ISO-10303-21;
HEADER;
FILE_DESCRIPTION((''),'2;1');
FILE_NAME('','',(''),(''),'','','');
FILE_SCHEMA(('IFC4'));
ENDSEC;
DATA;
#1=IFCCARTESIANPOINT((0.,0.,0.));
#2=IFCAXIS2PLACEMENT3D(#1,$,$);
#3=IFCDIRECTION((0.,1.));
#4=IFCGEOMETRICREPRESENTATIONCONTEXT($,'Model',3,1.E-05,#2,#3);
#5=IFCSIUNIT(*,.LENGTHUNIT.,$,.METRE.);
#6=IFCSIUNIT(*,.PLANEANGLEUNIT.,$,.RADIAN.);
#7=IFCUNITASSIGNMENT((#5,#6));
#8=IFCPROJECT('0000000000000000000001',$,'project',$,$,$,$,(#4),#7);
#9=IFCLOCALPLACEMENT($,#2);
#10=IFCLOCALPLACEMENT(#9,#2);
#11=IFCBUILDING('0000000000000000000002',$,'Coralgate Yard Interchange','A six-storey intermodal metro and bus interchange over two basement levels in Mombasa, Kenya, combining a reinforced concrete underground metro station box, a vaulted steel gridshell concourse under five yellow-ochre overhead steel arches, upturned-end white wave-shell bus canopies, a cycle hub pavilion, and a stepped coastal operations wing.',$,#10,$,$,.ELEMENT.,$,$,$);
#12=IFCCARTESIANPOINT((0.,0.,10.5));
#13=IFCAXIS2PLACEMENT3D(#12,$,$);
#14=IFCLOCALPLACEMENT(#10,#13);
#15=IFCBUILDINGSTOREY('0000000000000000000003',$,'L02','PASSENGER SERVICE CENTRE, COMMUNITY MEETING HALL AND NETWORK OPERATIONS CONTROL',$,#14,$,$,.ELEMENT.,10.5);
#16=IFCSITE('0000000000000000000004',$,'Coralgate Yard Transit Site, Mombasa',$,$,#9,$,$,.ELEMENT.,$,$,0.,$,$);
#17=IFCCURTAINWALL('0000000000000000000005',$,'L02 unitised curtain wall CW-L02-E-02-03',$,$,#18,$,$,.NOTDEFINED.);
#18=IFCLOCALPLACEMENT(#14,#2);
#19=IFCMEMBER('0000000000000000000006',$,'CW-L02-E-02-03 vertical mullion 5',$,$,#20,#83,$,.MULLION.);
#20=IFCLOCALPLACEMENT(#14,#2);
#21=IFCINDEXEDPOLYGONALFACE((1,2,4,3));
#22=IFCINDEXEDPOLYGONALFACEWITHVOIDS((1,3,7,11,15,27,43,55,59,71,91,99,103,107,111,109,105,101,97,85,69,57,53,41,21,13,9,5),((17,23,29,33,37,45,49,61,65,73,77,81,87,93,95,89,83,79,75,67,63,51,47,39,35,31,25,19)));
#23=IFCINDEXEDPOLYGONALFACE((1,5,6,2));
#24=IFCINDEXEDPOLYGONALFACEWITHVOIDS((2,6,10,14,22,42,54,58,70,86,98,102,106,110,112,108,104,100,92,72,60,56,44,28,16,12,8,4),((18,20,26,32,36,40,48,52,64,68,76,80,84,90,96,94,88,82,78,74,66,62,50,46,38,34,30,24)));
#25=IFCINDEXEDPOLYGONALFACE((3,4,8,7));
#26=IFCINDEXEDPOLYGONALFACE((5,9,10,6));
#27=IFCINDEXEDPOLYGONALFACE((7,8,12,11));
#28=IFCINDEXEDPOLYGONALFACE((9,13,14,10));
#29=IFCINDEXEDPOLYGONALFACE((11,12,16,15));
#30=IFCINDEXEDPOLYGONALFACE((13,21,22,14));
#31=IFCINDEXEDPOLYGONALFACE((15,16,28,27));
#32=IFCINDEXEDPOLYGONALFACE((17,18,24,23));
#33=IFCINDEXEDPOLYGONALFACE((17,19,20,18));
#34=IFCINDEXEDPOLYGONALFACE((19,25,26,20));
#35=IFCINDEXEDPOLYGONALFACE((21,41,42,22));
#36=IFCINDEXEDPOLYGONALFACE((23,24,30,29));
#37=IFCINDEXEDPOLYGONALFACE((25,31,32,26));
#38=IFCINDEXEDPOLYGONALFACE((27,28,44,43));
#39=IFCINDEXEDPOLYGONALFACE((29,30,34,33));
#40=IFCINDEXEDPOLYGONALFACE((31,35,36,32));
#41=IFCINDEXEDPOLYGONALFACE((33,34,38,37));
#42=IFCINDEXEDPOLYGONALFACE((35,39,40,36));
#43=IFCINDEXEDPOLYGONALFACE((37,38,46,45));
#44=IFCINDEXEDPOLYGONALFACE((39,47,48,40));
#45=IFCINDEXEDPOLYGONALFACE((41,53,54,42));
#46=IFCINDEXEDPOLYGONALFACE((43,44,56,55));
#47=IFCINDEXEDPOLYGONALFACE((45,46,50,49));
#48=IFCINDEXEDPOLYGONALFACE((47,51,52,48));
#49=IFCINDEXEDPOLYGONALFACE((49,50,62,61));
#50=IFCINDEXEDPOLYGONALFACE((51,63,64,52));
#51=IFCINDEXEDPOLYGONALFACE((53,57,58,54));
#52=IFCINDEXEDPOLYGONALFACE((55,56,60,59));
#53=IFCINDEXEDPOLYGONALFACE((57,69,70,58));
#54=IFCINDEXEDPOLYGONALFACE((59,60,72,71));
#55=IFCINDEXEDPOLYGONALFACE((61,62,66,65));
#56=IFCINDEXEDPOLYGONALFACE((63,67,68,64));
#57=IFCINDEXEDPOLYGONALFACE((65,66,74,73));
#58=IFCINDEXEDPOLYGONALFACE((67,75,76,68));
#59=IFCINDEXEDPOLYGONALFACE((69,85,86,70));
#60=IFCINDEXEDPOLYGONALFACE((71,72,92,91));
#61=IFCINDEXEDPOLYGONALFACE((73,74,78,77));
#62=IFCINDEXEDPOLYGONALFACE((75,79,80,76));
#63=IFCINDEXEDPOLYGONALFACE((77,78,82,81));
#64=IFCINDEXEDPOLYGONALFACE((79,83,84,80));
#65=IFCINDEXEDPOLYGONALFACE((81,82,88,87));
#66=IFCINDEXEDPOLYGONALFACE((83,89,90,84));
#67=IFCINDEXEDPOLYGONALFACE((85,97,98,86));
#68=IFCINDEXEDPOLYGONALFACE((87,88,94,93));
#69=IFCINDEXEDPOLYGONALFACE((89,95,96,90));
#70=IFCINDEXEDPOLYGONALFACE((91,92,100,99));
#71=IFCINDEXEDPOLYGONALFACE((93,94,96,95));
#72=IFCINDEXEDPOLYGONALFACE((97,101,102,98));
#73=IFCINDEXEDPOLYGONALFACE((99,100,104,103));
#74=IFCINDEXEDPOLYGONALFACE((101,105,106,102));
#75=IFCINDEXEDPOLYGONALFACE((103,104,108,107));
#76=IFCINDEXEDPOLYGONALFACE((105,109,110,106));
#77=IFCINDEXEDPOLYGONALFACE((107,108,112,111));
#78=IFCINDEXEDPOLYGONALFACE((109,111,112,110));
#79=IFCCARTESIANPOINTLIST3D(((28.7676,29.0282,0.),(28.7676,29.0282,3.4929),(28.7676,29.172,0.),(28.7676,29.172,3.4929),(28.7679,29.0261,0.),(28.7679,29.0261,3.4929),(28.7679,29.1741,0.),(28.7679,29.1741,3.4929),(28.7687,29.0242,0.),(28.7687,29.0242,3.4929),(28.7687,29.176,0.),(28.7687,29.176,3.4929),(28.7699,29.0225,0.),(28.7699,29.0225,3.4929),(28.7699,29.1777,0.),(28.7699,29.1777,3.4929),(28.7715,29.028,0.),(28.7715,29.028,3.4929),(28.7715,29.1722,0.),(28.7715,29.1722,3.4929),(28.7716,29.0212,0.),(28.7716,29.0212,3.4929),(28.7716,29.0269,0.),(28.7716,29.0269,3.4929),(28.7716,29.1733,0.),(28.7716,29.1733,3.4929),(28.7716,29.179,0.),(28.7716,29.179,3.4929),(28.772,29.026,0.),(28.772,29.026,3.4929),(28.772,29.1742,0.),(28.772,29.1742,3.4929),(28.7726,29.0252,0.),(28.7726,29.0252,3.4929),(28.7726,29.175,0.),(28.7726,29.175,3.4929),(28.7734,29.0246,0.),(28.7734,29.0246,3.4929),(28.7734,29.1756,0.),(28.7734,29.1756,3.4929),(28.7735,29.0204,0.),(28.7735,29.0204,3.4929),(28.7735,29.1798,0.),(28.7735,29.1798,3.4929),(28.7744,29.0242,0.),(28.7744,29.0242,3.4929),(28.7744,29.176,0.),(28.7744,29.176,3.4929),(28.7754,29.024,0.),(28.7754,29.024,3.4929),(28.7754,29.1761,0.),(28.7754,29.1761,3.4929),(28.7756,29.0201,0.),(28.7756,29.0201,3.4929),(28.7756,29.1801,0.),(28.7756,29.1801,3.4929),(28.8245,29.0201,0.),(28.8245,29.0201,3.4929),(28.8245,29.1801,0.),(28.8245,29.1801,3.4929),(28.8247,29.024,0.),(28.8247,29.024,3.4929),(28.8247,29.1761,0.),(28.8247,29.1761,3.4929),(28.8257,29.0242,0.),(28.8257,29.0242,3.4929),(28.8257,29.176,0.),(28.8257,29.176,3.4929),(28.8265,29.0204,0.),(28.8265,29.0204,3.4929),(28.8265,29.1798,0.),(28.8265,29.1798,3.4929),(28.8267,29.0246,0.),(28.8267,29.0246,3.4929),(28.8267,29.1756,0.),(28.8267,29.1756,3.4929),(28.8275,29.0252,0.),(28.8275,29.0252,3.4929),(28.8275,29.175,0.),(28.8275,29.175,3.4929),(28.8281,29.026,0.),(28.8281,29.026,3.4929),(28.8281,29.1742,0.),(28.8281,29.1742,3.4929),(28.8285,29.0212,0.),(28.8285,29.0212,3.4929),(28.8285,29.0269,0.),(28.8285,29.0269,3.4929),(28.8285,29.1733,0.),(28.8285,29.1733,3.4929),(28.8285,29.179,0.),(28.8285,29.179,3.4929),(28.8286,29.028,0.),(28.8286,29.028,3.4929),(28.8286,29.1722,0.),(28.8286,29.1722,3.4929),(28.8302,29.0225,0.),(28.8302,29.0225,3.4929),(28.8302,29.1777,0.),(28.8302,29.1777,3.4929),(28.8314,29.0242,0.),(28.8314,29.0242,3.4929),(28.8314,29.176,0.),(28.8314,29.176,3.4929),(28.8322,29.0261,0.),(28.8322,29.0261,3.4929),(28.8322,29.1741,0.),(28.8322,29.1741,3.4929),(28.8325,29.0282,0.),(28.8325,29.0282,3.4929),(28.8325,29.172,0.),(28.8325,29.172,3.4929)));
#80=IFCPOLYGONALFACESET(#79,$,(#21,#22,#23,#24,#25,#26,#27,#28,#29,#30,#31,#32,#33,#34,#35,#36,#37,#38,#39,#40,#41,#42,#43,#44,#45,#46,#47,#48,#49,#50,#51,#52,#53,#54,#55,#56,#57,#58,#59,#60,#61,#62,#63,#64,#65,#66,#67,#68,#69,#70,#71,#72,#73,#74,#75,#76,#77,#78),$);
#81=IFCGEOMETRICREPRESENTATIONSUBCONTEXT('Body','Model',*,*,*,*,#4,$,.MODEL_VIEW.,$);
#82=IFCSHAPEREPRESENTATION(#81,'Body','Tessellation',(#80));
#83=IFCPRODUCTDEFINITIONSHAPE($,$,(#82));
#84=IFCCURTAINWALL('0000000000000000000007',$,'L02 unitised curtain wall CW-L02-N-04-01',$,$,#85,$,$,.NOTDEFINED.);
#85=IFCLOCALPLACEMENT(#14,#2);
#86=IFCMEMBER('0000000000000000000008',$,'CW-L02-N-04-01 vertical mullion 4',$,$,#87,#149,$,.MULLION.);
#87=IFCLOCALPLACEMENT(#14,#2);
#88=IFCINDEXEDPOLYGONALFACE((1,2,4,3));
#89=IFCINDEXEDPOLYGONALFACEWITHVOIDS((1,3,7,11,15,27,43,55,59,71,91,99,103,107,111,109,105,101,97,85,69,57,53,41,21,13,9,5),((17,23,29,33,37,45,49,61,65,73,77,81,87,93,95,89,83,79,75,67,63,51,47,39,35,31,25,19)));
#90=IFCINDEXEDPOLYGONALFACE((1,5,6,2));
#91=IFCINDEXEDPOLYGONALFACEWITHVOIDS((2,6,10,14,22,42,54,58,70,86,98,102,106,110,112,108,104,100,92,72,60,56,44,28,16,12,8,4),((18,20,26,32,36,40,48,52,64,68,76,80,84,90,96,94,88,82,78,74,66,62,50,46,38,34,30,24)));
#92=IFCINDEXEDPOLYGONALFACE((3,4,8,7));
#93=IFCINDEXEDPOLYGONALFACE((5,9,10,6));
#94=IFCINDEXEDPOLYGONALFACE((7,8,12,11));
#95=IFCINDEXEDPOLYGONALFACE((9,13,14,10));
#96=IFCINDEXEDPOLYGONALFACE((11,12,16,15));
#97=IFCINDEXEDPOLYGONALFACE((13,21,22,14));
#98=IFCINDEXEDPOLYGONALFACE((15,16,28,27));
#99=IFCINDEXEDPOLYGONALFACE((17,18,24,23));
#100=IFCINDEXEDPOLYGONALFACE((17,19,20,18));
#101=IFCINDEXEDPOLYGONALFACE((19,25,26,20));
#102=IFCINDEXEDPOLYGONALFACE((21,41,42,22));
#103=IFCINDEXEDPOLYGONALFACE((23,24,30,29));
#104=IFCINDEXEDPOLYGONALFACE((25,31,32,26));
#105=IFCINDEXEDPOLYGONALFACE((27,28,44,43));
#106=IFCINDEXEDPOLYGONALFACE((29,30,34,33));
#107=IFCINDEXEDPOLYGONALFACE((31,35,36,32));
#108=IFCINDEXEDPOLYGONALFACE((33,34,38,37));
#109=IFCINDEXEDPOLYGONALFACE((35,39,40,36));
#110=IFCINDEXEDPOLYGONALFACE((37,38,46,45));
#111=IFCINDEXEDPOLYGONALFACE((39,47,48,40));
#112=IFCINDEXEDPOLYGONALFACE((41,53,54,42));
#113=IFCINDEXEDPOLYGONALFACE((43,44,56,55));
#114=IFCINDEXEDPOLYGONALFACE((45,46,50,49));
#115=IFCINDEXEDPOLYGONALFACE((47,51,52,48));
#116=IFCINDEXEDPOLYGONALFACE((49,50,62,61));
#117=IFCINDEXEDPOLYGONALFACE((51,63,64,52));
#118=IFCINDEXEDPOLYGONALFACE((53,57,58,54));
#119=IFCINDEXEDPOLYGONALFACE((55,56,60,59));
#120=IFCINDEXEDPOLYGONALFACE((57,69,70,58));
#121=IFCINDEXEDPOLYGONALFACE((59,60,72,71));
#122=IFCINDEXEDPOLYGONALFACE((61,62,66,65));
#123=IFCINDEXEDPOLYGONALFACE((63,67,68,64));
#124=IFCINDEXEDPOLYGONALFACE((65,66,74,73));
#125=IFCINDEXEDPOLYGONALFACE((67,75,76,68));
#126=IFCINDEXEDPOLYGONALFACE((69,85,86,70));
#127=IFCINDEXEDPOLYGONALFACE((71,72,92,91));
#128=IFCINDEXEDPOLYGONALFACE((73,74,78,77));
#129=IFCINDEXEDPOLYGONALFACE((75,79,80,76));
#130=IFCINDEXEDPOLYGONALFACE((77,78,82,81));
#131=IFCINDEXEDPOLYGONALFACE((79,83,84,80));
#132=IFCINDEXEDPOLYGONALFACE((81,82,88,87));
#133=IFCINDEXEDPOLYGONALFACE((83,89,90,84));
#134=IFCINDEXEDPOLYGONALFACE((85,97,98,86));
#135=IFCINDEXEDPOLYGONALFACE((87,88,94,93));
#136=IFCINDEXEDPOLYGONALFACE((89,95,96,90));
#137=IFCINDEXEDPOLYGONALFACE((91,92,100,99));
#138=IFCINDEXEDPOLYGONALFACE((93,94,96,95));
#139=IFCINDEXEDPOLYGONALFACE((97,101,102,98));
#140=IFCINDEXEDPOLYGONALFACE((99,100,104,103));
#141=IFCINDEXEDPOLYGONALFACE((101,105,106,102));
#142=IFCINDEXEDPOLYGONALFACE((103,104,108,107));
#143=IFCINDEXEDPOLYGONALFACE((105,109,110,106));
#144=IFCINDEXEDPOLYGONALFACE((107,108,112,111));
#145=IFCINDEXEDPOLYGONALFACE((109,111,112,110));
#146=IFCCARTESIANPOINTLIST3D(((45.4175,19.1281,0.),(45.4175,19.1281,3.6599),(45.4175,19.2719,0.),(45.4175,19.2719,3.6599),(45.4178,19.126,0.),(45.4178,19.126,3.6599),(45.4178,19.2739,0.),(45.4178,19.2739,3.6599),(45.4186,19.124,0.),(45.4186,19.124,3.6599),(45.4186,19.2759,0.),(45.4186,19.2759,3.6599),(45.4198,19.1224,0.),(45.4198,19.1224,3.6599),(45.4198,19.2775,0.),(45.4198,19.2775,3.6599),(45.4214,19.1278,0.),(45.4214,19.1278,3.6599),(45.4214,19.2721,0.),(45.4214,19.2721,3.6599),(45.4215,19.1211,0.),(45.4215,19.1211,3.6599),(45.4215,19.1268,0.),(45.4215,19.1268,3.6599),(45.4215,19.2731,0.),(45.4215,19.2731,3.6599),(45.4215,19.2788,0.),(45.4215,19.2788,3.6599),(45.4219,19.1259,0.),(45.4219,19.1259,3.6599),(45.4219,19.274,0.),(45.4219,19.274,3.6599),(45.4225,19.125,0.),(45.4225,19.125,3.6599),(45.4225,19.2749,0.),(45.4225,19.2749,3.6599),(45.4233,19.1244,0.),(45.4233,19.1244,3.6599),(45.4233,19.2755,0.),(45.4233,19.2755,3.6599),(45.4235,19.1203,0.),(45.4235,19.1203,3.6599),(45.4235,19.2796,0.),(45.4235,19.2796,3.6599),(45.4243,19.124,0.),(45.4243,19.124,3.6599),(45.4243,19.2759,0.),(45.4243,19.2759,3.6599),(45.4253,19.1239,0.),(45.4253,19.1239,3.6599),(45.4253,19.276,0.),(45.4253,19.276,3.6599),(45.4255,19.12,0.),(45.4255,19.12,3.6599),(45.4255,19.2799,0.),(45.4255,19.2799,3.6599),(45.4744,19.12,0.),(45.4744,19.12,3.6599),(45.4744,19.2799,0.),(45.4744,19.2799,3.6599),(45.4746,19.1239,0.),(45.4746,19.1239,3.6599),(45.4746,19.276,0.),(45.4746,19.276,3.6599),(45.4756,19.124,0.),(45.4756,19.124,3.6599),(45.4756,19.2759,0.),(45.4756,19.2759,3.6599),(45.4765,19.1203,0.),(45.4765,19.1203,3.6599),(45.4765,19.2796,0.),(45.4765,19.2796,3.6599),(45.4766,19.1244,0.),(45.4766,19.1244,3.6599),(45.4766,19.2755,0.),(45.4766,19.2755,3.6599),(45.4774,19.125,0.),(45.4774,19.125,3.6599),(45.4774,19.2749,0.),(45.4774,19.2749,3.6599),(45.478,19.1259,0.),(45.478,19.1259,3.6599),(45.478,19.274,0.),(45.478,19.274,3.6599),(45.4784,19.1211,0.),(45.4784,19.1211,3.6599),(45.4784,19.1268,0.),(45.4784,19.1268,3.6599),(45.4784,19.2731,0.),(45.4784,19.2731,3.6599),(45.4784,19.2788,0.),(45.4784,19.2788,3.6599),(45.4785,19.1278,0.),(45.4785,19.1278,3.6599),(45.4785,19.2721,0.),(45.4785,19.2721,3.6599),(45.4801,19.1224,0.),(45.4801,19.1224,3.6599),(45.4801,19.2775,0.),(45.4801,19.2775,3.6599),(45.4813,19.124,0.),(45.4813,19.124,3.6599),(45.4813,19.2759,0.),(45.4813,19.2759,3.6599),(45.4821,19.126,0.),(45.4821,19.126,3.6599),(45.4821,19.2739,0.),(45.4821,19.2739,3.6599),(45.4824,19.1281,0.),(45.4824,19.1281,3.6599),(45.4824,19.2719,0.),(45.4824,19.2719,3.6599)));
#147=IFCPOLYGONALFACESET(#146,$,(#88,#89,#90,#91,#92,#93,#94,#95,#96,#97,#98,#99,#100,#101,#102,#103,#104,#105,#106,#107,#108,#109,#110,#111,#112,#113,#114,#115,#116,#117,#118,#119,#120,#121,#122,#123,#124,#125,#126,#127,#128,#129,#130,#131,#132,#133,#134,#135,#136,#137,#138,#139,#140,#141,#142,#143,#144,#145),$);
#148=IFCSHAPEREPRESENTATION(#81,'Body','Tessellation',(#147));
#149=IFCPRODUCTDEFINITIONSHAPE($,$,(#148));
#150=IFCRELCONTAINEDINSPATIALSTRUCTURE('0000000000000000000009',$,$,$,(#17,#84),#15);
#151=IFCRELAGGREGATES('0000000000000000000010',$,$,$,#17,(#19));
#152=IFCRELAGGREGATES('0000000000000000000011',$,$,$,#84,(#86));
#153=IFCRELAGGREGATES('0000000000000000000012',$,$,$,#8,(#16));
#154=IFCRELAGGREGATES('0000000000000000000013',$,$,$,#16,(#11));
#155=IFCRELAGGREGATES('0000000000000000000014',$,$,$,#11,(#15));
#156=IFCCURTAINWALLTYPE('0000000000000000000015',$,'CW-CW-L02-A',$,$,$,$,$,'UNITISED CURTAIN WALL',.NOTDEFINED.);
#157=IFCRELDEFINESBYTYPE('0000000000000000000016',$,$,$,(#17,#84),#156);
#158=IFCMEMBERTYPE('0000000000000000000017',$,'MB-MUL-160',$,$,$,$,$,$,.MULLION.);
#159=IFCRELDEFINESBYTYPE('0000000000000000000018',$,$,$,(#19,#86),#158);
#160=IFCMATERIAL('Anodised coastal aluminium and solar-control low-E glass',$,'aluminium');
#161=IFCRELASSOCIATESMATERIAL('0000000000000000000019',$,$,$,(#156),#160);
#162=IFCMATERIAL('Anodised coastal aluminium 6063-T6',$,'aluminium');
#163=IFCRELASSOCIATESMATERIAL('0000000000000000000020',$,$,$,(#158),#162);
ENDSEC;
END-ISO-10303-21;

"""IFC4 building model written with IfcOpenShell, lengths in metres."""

from ifc_helpers import new_model, si_unit, direction, frame, origin, origin_2d, place, context, subcontext, project, spatial, hollow_rectangle, extrude, material, material_profile, profile_set, type_object, element, aggregate, save


model = new_model("IFC4")

# Units and contexts
model_context = context("Model", 3, precision=1e-05, world=origin(), true_north=direction((0.0, 1.0)))
body_context = subcontext(model_context, "Body", "Model", "MODEL_VIEW")
ifc_project = project(units=[si_unit("LENGTHUNIT", "METRE"), si_unit("PLANEANGLEUNIT", "RADIAN")], contexts=[model_context])

# Site, building, storey
site_placement = place(None, origin())
site = spatial("IfcSite", under=ifc_project, at=site_placement, Name="Coralgate Yard Transit Site, Mombasa", CompositionType="ELEMENT", RefElevation=0.0)
building_placement = place(site_placement, origin())
building = spatial("IfcBuilding", under=site, at=building_placement, Name="Coralgate Yard Interchange", Description="A six-storey intermodal metro and bus interchange over two basement levels in Mombasa, Kenya, combining a reinforced concrete underground metro station box, a vaulted steel gridshell concourse under five yellow-ochre overhead steel arches, upturned-end white wave-shell bus canopies, a cycle hub pavilion, and a stepped coastal operations wing.", CompositionType="ELEMENT")
storey_placement = place(building_placement, frame((0.0, 0.0, 10.5)))
storey = spatial("IfcBuildingStorey", under=building, at=storey_placement, Name="L02", Description="PASSENGER SERVICE CENTRE, COMMUNITY MEETING HALL AND NETWORK OPERATIONS CONTROL", CompositionType="ELEMENT", Elevation=10.5)

# Shared definitions
ifc_material_1 = material(Name="Anodised coastal aluminium and solar-control low-E glass", Category="aluminium")
curtain_wall_type = type_object("IfcCurtainWallType", Name="CW-CW-L02-A", ElementType="UNITISED CURTAIN WALL", PredefinedType="NOTDEFINED", material=ifc_material_1)
ifc_material_2 = material(Name="Anodised coastal aluminium 6063-T6", Category="aluminium")
ifc_material_profile_1 = material_profile(ifc_material_2, hollow_rectangle(XDim=0.0649, YDim=0.1599, WallThickness=0.0039, InnerFilletRadius=0.0039, OuterFilletRadius=0.0081, at=origin_2d()), Name="ALU 65x160x4")
ifc_profile_set_1 = profile_set([ifc_material_profile_1], Name="Anodised coastal aluminium 6063-T6")
member_type_1 = type_object("IfcMemberType", Name="MB-MUL-160", PredefinedType="MULLION", material=ifc_profile_set_1)

# Curtain wall, member
curtain_wall_1_placement = place(storey_placement, origin())
curtain_wall_1 = element("IfcCurtainWall", 1, at=curtain_wall_1_placement, inside=storey, type_object=curtain_wall_type, Name="L02 unitised curtain wall CW-L02-E-02-03", PredefinedType="NOTDEFINED")
member_1_placement = place(storey_placement, frame((28.8, 29.1001, 0.0), z_axis=(0.0, 0.0, 1.0), x_axis=(1.0, 0.0, 0.0)))
member_1 = element("IfcMember", 2, at=member_1_placement, type_object=member_type_1, Name="CW-L02-E-02-03 vertical mullion 5", PredefinedType="MULLION", context=body_context, shape_type="SweptSolid", body=[
    extrude(hollow_rectangle(XDim=0.0649, YDim=0.1599, WallThickness=0.0039, InnerFilletRadius=0.0039, OuterFilletRadius=0.0081, at=origin_2d()), origin(), (0.0, 0.0, 1.0), 3.4929),
])

# Curtain wall, member
curtain_wall_2_placement = place(storey_placement, origin())
curtain_wall_2 = element("IfcCurtainWall", 3, at=curtain_wall_2_placement, inside=storey, type_object=curtain_wall_type, Name="L02 unitised curtain wall CW-L02-N-04-01", PredefinedType="NOTDEFINED")
member_2_placement = place(storey_placement, frame((45.45, 19.2, 0.0), z_axis=(0.0, 0.0, 1.0), x_axis=(1.0, 0.0, 0.0)))
member_2 = element("IfcMember", 4, at=member_2_placement, type_object=member_type_1, Name="CW-L02-N-04-01 vertical mullion 4", PredefinedType="MULLION", context=body_context, shape_type="SweptSolid", body=[
    extrude(hollow_rectangle(XDim=0.0649, YDim=0.1599, WallThickness=0.0039, InnerFilletRadius=0.0039, OuterFilletRadius=0.0081, at=origin_2d()), origin(), (0.0, 0.0, 1.0), 3.6599),
])

aggregate(curtain_wall_1, [member_1])
aggregate(curtain_wall_2, [member_2])

save(model, "model.ifc")
